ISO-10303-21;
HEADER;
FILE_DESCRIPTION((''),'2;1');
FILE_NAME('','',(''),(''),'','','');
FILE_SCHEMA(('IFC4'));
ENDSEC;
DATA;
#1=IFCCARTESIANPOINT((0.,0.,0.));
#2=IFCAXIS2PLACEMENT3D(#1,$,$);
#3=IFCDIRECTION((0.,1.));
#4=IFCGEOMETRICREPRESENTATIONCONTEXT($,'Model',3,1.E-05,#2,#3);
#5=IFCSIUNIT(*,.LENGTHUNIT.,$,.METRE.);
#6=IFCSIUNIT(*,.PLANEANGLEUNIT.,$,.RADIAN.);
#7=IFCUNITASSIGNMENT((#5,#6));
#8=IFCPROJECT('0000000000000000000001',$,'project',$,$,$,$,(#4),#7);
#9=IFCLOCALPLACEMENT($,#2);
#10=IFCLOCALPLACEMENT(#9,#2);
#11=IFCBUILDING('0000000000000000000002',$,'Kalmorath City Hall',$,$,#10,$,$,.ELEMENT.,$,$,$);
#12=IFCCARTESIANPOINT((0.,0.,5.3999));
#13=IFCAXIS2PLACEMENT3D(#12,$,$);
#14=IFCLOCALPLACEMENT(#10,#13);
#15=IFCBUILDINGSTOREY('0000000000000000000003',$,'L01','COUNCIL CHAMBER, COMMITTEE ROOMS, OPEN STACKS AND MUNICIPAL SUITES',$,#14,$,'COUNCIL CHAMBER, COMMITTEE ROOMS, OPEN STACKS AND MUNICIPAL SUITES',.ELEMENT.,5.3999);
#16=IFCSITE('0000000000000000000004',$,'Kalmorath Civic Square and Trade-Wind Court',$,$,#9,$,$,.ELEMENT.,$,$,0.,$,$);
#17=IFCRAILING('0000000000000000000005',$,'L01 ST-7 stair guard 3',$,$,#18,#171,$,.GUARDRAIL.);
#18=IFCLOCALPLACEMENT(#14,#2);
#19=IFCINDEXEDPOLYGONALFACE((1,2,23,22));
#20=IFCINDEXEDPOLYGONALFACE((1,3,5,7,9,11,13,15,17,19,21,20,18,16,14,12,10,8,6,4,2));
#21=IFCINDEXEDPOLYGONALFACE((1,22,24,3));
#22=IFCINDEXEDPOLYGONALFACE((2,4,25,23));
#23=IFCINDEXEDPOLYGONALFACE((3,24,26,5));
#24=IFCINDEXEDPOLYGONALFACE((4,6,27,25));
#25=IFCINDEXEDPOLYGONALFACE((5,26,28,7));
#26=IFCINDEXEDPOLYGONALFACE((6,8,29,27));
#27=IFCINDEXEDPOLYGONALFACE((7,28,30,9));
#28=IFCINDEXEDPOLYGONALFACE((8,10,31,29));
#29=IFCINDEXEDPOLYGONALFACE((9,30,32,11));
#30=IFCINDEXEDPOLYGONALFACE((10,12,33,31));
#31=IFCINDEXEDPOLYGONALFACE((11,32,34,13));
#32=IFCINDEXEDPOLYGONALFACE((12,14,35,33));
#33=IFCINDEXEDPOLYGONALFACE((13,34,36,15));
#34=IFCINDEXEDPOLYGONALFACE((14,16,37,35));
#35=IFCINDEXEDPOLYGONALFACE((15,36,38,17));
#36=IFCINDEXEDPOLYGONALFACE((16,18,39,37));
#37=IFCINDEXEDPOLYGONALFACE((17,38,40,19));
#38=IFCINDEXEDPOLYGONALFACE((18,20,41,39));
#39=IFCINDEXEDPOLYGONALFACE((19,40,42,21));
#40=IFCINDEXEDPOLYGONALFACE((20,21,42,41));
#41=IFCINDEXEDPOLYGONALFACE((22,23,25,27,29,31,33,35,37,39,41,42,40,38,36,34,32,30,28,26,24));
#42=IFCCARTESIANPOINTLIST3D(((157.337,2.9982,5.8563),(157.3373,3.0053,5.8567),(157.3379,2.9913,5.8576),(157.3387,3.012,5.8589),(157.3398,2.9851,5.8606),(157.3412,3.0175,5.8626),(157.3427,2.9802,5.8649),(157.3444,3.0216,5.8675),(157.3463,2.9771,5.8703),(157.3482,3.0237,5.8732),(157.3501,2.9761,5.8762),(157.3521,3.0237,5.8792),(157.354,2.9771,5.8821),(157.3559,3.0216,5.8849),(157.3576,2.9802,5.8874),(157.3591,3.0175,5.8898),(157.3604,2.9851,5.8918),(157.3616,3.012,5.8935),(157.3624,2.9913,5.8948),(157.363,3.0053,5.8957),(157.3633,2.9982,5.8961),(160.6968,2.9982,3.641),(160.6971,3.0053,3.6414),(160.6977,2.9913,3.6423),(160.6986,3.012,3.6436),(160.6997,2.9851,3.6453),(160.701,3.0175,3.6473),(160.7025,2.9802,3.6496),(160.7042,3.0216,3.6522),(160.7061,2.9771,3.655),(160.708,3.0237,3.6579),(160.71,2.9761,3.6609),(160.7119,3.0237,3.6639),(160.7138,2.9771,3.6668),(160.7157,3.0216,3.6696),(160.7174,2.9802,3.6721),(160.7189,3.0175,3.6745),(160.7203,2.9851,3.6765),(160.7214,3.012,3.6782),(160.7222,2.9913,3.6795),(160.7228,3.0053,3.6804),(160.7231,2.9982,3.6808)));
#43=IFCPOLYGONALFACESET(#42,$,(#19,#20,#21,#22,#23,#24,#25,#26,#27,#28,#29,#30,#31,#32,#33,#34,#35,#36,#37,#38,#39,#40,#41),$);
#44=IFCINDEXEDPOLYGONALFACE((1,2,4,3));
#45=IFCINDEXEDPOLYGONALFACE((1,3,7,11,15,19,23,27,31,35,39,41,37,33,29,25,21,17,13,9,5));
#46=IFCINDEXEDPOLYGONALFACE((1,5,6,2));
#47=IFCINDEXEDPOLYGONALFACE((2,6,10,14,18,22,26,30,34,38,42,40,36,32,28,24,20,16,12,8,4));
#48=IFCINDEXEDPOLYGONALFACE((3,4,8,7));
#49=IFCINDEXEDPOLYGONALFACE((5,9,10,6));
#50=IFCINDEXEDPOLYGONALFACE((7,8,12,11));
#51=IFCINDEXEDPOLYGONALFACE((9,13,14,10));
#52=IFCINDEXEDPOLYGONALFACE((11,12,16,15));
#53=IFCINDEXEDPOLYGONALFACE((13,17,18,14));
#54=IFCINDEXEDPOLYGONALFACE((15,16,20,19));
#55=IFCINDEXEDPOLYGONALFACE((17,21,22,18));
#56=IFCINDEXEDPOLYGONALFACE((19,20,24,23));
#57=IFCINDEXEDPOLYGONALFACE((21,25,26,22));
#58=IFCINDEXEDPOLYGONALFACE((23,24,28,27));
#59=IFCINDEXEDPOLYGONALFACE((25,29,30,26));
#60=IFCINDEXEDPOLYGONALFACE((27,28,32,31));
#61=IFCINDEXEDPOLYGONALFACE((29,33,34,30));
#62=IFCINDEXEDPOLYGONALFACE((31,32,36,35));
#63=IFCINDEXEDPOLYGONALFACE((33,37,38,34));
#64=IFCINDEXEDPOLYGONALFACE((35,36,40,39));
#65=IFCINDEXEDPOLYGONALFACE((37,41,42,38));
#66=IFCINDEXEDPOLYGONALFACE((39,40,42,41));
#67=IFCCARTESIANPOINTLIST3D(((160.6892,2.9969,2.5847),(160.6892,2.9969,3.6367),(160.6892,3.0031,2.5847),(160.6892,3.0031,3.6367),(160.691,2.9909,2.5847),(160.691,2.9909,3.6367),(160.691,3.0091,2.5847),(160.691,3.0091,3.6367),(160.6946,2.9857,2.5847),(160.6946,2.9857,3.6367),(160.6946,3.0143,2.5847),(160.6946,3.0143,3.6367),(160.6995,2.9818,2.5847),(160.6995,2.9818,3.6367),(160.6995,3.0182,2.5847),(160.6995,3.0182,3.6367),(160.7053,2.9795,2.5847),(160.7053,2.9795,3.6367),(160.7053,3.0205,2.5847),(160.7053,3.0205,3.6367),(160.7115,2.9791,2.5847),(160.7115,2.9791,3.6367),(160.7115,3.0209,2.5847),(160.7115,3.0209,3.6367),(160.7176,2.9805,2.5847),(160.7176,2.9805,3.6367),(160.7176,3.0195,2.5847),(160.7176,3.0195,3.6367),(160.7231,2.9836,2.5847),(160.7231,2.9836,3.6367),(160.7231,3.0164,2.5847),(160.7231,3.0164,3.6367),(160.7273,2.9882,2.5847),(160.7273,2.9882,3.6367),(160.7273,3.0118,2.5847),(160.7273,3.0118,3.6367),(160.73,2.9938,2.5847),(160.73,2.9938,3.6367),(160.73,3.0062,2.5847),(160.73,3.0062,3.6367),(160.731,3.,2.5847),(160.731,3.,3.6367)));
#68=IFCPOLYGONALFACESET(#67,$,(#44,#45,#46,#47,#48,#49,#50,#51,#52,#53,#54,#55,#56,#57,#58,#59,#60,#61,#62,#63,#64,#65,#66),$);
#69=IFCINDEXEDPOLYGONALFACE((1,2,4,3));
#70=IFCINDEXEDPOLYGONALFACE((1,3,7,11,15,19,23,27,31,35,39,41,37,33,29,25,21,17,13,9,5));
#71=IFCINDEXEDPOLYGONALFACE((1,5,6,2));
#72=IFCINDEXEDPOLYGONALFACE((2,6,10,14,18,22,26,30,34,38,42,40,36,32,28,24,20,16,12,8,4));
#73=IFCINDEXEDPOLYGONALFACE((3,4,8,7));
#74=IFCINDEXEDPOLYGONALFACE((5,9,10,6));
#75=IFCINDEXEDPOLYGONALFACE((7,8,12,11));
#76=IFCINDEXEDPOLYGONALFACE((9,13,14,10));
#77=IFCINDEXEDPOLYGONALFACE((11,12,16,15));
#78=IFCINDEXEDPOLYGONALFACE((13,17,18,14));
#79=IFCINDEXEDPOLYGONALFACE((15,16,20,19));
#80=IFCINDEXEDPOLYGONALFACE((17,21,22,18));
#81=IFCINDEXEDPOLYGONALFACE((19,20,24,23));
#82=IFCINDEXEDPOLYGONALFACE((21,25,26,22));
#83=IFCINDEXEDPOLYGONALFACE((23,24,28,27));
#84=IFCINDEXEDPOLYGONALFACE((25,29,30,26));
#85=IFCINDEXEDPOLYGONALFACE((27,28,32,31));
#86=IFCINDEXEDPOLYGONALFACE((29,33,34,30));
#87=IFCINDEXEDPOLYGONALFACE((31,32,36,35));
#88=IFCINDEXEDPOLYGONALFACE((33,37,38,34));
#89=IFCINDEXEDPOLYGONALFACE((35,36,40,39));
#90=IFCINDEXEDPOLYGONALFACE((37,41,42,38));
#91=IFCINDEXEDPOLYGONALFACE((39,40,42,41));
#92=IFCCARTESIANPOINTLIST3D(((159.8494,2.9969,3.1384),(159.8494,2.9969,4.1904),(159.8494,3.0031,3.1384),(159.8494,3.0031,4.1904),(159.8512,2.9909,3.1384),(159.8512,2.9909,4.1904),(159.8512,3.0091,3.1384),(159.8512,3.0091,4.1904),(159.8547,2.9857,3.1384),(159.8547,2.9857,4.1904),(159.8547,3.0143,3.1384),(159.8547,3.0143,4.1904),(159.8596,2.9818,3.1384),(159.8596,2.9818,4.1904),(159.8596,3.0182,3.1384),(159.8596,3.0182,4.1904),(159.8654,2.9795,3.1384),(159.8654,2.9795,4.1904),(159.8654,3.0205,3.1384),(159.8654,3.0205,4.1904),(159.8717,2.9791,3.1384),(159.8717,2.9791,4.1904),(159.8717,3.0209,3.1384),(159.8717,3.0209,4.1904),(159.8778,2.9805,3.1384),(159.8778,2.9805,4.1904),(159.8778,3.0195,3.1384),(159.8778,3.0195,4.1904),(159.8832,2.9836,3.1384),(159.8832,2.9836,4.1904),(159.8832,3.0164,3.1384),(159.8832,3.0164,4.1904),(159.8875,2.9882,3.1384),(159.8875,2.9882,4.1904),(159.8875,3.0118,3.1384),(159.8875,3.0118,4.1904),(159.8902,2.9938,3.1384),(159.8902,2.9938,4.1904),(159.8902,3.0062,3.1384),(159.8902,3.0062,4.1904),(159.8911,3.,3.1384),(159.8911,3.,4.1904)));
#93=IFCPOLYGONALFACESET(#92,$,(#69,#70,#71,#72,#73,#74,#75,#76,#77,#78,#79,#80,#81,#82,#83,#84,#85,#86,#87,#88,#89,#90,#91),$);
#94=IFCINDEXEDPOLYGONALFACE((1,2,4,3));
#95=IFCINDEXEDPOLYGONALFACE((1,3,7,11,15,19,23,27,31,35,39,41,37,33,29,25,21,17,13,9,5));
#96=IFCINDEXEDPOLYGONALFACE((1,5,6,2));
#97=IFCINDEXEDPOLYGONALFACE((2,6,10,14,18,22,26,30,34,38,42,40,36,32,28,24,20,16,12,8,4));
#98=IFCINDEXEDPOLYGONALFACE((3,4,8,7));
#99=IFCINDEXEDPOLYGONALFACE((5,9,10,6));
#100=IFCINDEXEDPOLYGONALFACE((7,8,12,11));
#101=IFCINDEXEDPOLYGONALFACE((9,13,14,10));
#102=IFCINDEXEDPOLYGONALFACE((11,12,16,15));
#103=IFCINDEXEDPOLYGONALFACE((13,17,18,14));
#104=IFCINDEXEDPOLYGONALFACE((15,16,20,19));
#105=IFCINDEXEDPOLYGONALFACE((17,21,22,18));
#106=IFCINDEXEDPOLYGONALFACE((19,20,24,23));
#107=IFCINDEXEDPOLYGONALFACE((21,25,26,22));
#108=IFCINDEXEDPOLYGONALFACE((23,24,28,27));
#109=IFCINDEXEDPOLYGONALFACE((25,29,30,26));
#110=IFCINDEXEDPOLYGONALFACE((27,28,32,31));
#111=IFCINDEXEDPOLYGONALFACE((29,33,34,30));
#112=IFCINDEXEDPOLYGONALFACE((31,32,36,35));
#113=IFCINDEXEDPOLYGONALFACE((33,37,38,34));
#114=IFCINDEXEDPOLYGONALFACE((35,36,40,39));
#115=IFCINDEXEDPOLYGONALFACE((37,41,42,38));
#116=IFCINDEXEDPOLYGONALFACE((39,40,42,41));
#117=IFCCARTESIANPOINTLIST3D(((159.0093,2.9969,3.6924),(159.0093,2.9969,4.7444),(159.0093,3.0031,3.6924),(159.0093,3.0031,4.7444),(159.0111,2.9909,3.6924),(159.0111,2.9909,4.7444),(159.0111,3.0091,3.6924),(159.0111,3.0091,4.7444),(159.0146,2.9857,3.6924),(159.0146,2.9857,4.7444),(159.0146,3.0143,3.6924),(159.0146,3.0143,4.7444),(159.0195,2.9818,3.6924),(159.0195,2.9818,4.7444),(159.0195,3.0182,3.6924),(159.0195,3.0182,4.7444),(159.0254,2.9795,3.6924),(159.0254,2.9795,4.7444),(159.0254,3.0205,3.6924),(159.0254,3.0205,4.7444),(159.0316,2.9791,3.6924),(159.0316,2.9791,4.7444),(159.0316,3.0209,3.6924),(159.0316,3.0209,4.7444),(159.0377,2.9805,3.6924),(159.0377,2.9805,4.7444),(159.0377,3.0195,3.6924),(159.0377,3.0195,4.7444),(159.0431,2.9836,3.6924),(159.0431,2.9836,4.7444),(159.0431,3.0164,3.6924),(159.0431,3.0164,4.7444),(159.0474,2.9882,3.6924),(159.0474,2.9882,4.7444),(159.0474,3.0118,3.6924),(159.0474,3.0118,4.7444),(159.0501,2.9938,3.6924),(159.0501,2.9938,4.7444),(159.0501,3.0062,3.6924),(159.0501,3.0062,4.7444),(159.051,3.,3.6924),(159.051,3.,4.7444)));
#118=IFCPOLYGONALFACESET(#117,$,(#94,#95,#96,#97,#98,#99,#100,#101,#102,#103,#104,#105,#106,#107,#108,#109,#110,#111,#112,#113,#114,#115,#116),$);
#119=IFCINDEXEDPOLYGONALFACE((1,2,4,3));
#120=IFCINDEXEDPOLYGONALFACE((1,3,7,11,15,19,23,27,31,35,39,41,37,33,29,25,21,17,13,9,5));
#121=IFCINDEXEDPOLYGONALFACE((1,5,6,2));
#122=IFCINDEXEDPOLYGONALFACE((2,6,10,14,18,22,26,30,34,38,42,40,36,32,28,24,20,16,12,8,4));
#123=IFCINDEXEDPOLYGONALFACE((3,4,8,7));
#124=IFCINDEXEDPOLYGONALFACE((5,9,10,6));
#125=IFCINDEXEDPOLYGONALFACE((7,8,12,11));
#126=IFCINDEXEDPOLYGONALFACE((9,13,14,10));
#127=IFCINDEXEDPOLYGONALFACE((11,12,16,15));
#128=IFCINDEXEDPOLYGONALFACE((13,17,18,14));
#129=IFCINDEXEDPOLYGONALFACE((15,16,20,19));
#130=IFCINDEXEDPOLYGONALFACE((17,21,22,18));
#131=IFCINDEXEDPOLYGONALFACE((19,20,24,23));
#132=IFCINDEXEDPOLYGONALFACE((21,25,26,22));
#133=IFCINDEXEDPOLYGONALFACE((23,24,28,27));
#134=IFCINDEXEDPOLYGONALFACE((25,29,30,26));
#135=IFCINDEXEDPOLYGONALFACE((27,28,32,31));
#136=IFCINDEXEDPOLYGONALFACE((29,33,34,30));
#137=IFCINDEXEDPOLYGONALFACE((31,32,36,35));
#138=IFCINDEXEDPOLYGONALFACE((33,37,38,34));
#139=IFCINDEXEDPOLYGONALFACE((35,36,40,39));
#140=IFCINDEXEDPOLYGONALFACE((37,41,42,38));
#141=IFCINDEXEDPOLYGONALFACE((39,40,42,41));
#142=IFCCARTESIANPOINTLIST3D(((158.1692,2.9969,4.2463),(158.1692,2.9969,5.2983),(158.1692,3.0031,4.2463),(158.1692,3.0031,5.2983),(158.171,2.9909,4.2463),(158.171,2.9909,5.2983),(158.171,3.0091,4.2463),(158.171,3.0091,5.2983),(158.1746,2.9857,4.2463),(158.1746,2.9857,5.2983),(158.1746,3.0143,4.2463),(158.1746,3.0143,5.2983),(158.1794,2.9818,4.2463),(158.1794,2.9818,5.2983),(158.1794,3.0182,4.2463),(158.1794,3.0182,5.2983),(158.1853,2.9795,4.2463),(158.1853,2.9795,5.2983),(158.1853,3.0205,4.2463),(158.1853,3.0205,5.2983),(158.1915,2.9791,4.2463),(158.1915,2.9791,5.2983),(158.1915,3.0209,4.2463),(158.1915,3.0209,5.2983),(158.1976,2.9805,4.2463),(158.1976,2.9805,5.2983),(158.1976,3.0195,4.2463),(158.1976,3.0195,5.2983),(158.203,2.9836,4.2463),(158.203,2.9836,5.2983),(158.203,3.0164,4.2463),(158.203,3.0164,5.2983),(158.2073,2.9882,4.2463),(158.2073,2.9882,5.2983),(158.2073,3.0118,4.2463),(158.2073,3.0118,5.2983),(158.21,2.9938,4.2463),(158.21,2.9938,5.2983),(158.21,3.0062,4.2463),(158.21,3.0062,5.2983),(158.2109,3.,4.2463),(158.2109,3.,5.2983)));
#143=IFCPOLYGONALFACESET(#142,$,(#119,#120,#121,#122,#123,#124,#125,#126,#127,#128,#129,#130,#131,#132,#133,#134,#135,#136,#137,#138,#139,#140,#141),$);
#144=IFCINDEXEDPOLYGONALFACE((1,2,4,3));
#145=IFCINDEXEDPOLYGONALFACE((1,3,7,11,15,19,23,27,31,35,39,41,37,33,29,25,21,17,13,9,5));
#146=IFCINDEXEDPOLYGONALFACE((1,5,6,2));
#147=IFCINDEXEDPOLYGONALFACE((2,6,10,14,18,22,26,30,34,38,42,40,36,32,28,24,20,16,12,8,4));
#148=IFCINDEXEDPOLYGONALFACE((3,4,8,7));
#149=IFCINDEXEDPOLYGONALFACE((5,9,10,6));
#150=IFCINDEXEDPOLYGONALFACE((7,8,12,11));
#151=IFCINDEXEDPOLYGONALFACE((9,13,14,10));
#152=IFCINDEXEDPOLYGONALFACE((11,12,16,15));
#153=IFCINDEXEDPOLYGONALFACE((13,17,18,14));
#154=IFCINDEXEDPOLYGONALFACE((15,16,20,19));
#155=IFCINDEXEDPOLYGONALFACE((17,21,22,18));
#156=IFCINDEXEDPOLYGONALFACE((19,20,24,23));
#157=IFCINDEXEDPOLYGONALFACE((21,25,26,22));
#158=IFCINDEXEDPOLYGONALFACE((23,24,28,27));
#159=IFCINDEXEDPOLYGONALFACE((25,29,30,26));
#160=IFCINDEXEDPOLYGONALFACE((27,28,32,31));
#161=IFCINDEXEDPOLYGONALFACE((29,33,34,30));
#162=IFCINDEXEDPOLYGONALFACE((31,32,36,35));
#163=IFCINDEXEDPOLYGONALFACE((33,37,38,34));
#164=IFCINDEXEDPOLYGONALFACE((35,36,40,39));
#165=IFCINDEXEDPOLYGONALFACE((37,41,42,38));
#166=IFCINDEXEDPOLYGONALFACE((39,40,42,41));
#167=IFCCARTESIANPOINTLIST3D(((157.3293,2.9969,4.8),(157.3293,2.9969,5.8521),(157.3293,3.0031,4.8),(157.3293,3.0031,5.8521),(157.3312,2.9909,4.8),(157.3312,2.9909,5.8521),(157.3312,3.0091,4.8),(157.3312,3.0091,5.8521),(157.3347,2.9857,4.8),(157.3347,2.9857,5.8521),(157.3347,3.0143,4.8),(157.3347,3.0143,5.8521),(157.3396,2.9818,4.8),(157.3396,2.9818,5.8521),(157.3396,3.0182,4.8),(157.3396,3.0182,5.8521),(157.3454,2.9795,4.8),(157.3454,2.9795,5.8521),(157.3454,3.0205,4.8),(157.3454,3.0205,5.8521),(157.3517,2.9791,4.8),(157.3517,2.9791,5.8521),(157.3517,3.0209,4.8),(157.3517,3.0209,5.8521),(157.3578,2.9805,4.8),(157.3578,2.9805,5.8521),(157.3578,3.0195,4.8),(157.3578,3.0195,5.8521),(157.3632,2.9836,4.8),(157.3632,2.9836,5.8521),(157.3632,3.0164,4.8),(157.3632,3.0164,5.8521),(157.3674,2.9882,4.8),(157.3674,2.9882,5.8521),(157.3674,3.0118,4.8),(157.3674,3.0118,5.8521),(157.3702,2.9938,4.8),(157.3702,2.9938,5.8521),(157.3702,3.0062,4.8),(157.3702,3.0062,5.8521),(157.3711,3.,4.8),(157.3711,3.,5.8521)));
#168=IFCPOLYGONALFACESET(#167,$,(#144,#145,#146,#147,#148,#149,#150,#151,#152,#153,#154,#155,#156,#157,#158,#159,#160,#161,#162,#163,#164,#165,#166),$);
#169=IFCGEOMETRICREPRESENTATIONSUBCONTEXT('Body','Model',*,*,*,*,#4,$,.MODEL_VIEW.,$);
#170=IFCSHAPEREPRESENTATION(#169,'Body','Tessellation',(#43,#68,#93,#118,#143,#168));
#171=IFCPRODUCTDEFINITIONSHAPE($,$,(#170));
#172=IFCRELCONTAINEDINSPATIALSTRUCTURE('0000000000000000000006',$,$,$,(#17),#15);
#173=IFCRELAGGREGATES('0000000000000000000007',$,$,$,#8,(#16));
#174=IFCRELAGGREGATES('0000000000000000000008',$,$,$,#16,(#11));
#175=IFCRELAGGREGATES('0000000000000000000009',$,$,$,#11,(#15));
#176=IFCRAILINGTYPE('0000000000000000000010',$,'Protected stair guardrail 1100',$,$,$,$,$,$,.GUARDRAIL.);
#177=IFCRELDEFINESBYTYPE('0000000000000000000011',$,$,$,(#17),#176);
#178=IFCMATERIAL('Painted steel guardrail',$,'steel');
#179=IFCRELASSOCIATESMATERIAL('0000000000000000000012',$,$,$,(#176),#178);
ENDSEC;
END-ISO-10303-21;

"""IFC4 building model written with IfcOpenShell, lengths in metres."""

from ifc_helpers import new_model, si_unit, direction, frame, origin, origin_2d, place, context, subcontext, project, spatial, circle, extrude, material, type_object, element, save


model = new_model("IFC4")

# Units and contexts
model_context = context("Model", 3, precision=1e-05, world=origin(), true_north=direction((0.0, 1.0)))
body_context = subcontext(model_context, "Body", "Model", "MODEL_VIEW")
ifc_project = project(units=[si_unit("LENGTHUNIT", "METRE"), si_unit("PLANEANGLEUNIT", "RADIAN")], contexts=[model_context])

# Site, building, storey
site_placement = place(None, origin())
site = spatial("IfcSite", under=ifc_project, at=site_placement, Name="Kalmorath Civic Square and Trade-Wind Court", CompositionType="ELEMENT", RefElevation=0.0)
building_placement = place(site_placement, origin())
building = spatial("IfcBuilding", under=site, at=building_placement, Name="Kalmorath City Hall", CompositionType="ELEMENT")
storey_placement = place(building_placement, frame((0.0, 0.0, 5.3999)))
storey = spatial("IfcBuildingStorey", under=building, at=storey_placement, Name="L01", Description="COUNCIL CHAMBER, COMMITTEE ROOMS, OPEN STACKS AND MUNICIPAL SUITES", LongName="COUNCIL CHAMBER, COMMITTEE ROOMS, OPEN STACKS AND MUNICIPAL SUITES", CompositionType="ELEMENT", Elevation=5.3999)

# Railing
ifc_material_1 = material(Name="Painted steel guardrail", Category="steel")
railing_type_1 = type_object("IfcRailingType", Name="Protected stair guardrail 1100", PredefinedType="GUARDRAIL", material=ifc_material_1)
railing_1_placement = place(storey_placement, frame((160.71, 3.0, 2.5847)))
element("IfcRailing", 1, at=railing_1_placement, inside=storey, type_object=railing_type_1, Name="L01 ST-7 stair guard 3", PredefinedType="GUARDRAIL", context=body_context, shape_type="SweptSolid", body=[
    extrude(circle(Radius=0.0239, at=origin_2d()), frame((0.0, 0.0, 1.0762), z_axis=(-0.834858, 0.0, 0.550465), x_axis=(0.0, -1.0, 0.0)), (0.0, 0.0, 1.0), 4.0244),
    extrude(circle(Radius=0.021, at=origin_2d()), origin(), (0.0, 0.0, 1.0), 1.052),
    extrude(circle(Radius=0.021, at=origin_2d()), frame((-0.8398, 0.0, 0.5537)), (0.0, 0.0, 1.0), 1.052),
    extrude(circle(Radius=0.021, at=origin_2d()), frame((-1.6799, 0.0, 1.1077)), (0.0, 0.0, 1.0), 1.052),
    extrude(circle(Radius=0.021, at=origin_2d()), frame((-2.52, 0.0, 1.6616)), (0.0, 0.0, 1.0), 1.052),
    extrude(circle(Radius=0.021, at=origin_2d()), frame((-3.3599, 0.0, 2.2153)), (0.0, 0.0, 1.0), 1.052),
])

save(model, "model.ifc")
